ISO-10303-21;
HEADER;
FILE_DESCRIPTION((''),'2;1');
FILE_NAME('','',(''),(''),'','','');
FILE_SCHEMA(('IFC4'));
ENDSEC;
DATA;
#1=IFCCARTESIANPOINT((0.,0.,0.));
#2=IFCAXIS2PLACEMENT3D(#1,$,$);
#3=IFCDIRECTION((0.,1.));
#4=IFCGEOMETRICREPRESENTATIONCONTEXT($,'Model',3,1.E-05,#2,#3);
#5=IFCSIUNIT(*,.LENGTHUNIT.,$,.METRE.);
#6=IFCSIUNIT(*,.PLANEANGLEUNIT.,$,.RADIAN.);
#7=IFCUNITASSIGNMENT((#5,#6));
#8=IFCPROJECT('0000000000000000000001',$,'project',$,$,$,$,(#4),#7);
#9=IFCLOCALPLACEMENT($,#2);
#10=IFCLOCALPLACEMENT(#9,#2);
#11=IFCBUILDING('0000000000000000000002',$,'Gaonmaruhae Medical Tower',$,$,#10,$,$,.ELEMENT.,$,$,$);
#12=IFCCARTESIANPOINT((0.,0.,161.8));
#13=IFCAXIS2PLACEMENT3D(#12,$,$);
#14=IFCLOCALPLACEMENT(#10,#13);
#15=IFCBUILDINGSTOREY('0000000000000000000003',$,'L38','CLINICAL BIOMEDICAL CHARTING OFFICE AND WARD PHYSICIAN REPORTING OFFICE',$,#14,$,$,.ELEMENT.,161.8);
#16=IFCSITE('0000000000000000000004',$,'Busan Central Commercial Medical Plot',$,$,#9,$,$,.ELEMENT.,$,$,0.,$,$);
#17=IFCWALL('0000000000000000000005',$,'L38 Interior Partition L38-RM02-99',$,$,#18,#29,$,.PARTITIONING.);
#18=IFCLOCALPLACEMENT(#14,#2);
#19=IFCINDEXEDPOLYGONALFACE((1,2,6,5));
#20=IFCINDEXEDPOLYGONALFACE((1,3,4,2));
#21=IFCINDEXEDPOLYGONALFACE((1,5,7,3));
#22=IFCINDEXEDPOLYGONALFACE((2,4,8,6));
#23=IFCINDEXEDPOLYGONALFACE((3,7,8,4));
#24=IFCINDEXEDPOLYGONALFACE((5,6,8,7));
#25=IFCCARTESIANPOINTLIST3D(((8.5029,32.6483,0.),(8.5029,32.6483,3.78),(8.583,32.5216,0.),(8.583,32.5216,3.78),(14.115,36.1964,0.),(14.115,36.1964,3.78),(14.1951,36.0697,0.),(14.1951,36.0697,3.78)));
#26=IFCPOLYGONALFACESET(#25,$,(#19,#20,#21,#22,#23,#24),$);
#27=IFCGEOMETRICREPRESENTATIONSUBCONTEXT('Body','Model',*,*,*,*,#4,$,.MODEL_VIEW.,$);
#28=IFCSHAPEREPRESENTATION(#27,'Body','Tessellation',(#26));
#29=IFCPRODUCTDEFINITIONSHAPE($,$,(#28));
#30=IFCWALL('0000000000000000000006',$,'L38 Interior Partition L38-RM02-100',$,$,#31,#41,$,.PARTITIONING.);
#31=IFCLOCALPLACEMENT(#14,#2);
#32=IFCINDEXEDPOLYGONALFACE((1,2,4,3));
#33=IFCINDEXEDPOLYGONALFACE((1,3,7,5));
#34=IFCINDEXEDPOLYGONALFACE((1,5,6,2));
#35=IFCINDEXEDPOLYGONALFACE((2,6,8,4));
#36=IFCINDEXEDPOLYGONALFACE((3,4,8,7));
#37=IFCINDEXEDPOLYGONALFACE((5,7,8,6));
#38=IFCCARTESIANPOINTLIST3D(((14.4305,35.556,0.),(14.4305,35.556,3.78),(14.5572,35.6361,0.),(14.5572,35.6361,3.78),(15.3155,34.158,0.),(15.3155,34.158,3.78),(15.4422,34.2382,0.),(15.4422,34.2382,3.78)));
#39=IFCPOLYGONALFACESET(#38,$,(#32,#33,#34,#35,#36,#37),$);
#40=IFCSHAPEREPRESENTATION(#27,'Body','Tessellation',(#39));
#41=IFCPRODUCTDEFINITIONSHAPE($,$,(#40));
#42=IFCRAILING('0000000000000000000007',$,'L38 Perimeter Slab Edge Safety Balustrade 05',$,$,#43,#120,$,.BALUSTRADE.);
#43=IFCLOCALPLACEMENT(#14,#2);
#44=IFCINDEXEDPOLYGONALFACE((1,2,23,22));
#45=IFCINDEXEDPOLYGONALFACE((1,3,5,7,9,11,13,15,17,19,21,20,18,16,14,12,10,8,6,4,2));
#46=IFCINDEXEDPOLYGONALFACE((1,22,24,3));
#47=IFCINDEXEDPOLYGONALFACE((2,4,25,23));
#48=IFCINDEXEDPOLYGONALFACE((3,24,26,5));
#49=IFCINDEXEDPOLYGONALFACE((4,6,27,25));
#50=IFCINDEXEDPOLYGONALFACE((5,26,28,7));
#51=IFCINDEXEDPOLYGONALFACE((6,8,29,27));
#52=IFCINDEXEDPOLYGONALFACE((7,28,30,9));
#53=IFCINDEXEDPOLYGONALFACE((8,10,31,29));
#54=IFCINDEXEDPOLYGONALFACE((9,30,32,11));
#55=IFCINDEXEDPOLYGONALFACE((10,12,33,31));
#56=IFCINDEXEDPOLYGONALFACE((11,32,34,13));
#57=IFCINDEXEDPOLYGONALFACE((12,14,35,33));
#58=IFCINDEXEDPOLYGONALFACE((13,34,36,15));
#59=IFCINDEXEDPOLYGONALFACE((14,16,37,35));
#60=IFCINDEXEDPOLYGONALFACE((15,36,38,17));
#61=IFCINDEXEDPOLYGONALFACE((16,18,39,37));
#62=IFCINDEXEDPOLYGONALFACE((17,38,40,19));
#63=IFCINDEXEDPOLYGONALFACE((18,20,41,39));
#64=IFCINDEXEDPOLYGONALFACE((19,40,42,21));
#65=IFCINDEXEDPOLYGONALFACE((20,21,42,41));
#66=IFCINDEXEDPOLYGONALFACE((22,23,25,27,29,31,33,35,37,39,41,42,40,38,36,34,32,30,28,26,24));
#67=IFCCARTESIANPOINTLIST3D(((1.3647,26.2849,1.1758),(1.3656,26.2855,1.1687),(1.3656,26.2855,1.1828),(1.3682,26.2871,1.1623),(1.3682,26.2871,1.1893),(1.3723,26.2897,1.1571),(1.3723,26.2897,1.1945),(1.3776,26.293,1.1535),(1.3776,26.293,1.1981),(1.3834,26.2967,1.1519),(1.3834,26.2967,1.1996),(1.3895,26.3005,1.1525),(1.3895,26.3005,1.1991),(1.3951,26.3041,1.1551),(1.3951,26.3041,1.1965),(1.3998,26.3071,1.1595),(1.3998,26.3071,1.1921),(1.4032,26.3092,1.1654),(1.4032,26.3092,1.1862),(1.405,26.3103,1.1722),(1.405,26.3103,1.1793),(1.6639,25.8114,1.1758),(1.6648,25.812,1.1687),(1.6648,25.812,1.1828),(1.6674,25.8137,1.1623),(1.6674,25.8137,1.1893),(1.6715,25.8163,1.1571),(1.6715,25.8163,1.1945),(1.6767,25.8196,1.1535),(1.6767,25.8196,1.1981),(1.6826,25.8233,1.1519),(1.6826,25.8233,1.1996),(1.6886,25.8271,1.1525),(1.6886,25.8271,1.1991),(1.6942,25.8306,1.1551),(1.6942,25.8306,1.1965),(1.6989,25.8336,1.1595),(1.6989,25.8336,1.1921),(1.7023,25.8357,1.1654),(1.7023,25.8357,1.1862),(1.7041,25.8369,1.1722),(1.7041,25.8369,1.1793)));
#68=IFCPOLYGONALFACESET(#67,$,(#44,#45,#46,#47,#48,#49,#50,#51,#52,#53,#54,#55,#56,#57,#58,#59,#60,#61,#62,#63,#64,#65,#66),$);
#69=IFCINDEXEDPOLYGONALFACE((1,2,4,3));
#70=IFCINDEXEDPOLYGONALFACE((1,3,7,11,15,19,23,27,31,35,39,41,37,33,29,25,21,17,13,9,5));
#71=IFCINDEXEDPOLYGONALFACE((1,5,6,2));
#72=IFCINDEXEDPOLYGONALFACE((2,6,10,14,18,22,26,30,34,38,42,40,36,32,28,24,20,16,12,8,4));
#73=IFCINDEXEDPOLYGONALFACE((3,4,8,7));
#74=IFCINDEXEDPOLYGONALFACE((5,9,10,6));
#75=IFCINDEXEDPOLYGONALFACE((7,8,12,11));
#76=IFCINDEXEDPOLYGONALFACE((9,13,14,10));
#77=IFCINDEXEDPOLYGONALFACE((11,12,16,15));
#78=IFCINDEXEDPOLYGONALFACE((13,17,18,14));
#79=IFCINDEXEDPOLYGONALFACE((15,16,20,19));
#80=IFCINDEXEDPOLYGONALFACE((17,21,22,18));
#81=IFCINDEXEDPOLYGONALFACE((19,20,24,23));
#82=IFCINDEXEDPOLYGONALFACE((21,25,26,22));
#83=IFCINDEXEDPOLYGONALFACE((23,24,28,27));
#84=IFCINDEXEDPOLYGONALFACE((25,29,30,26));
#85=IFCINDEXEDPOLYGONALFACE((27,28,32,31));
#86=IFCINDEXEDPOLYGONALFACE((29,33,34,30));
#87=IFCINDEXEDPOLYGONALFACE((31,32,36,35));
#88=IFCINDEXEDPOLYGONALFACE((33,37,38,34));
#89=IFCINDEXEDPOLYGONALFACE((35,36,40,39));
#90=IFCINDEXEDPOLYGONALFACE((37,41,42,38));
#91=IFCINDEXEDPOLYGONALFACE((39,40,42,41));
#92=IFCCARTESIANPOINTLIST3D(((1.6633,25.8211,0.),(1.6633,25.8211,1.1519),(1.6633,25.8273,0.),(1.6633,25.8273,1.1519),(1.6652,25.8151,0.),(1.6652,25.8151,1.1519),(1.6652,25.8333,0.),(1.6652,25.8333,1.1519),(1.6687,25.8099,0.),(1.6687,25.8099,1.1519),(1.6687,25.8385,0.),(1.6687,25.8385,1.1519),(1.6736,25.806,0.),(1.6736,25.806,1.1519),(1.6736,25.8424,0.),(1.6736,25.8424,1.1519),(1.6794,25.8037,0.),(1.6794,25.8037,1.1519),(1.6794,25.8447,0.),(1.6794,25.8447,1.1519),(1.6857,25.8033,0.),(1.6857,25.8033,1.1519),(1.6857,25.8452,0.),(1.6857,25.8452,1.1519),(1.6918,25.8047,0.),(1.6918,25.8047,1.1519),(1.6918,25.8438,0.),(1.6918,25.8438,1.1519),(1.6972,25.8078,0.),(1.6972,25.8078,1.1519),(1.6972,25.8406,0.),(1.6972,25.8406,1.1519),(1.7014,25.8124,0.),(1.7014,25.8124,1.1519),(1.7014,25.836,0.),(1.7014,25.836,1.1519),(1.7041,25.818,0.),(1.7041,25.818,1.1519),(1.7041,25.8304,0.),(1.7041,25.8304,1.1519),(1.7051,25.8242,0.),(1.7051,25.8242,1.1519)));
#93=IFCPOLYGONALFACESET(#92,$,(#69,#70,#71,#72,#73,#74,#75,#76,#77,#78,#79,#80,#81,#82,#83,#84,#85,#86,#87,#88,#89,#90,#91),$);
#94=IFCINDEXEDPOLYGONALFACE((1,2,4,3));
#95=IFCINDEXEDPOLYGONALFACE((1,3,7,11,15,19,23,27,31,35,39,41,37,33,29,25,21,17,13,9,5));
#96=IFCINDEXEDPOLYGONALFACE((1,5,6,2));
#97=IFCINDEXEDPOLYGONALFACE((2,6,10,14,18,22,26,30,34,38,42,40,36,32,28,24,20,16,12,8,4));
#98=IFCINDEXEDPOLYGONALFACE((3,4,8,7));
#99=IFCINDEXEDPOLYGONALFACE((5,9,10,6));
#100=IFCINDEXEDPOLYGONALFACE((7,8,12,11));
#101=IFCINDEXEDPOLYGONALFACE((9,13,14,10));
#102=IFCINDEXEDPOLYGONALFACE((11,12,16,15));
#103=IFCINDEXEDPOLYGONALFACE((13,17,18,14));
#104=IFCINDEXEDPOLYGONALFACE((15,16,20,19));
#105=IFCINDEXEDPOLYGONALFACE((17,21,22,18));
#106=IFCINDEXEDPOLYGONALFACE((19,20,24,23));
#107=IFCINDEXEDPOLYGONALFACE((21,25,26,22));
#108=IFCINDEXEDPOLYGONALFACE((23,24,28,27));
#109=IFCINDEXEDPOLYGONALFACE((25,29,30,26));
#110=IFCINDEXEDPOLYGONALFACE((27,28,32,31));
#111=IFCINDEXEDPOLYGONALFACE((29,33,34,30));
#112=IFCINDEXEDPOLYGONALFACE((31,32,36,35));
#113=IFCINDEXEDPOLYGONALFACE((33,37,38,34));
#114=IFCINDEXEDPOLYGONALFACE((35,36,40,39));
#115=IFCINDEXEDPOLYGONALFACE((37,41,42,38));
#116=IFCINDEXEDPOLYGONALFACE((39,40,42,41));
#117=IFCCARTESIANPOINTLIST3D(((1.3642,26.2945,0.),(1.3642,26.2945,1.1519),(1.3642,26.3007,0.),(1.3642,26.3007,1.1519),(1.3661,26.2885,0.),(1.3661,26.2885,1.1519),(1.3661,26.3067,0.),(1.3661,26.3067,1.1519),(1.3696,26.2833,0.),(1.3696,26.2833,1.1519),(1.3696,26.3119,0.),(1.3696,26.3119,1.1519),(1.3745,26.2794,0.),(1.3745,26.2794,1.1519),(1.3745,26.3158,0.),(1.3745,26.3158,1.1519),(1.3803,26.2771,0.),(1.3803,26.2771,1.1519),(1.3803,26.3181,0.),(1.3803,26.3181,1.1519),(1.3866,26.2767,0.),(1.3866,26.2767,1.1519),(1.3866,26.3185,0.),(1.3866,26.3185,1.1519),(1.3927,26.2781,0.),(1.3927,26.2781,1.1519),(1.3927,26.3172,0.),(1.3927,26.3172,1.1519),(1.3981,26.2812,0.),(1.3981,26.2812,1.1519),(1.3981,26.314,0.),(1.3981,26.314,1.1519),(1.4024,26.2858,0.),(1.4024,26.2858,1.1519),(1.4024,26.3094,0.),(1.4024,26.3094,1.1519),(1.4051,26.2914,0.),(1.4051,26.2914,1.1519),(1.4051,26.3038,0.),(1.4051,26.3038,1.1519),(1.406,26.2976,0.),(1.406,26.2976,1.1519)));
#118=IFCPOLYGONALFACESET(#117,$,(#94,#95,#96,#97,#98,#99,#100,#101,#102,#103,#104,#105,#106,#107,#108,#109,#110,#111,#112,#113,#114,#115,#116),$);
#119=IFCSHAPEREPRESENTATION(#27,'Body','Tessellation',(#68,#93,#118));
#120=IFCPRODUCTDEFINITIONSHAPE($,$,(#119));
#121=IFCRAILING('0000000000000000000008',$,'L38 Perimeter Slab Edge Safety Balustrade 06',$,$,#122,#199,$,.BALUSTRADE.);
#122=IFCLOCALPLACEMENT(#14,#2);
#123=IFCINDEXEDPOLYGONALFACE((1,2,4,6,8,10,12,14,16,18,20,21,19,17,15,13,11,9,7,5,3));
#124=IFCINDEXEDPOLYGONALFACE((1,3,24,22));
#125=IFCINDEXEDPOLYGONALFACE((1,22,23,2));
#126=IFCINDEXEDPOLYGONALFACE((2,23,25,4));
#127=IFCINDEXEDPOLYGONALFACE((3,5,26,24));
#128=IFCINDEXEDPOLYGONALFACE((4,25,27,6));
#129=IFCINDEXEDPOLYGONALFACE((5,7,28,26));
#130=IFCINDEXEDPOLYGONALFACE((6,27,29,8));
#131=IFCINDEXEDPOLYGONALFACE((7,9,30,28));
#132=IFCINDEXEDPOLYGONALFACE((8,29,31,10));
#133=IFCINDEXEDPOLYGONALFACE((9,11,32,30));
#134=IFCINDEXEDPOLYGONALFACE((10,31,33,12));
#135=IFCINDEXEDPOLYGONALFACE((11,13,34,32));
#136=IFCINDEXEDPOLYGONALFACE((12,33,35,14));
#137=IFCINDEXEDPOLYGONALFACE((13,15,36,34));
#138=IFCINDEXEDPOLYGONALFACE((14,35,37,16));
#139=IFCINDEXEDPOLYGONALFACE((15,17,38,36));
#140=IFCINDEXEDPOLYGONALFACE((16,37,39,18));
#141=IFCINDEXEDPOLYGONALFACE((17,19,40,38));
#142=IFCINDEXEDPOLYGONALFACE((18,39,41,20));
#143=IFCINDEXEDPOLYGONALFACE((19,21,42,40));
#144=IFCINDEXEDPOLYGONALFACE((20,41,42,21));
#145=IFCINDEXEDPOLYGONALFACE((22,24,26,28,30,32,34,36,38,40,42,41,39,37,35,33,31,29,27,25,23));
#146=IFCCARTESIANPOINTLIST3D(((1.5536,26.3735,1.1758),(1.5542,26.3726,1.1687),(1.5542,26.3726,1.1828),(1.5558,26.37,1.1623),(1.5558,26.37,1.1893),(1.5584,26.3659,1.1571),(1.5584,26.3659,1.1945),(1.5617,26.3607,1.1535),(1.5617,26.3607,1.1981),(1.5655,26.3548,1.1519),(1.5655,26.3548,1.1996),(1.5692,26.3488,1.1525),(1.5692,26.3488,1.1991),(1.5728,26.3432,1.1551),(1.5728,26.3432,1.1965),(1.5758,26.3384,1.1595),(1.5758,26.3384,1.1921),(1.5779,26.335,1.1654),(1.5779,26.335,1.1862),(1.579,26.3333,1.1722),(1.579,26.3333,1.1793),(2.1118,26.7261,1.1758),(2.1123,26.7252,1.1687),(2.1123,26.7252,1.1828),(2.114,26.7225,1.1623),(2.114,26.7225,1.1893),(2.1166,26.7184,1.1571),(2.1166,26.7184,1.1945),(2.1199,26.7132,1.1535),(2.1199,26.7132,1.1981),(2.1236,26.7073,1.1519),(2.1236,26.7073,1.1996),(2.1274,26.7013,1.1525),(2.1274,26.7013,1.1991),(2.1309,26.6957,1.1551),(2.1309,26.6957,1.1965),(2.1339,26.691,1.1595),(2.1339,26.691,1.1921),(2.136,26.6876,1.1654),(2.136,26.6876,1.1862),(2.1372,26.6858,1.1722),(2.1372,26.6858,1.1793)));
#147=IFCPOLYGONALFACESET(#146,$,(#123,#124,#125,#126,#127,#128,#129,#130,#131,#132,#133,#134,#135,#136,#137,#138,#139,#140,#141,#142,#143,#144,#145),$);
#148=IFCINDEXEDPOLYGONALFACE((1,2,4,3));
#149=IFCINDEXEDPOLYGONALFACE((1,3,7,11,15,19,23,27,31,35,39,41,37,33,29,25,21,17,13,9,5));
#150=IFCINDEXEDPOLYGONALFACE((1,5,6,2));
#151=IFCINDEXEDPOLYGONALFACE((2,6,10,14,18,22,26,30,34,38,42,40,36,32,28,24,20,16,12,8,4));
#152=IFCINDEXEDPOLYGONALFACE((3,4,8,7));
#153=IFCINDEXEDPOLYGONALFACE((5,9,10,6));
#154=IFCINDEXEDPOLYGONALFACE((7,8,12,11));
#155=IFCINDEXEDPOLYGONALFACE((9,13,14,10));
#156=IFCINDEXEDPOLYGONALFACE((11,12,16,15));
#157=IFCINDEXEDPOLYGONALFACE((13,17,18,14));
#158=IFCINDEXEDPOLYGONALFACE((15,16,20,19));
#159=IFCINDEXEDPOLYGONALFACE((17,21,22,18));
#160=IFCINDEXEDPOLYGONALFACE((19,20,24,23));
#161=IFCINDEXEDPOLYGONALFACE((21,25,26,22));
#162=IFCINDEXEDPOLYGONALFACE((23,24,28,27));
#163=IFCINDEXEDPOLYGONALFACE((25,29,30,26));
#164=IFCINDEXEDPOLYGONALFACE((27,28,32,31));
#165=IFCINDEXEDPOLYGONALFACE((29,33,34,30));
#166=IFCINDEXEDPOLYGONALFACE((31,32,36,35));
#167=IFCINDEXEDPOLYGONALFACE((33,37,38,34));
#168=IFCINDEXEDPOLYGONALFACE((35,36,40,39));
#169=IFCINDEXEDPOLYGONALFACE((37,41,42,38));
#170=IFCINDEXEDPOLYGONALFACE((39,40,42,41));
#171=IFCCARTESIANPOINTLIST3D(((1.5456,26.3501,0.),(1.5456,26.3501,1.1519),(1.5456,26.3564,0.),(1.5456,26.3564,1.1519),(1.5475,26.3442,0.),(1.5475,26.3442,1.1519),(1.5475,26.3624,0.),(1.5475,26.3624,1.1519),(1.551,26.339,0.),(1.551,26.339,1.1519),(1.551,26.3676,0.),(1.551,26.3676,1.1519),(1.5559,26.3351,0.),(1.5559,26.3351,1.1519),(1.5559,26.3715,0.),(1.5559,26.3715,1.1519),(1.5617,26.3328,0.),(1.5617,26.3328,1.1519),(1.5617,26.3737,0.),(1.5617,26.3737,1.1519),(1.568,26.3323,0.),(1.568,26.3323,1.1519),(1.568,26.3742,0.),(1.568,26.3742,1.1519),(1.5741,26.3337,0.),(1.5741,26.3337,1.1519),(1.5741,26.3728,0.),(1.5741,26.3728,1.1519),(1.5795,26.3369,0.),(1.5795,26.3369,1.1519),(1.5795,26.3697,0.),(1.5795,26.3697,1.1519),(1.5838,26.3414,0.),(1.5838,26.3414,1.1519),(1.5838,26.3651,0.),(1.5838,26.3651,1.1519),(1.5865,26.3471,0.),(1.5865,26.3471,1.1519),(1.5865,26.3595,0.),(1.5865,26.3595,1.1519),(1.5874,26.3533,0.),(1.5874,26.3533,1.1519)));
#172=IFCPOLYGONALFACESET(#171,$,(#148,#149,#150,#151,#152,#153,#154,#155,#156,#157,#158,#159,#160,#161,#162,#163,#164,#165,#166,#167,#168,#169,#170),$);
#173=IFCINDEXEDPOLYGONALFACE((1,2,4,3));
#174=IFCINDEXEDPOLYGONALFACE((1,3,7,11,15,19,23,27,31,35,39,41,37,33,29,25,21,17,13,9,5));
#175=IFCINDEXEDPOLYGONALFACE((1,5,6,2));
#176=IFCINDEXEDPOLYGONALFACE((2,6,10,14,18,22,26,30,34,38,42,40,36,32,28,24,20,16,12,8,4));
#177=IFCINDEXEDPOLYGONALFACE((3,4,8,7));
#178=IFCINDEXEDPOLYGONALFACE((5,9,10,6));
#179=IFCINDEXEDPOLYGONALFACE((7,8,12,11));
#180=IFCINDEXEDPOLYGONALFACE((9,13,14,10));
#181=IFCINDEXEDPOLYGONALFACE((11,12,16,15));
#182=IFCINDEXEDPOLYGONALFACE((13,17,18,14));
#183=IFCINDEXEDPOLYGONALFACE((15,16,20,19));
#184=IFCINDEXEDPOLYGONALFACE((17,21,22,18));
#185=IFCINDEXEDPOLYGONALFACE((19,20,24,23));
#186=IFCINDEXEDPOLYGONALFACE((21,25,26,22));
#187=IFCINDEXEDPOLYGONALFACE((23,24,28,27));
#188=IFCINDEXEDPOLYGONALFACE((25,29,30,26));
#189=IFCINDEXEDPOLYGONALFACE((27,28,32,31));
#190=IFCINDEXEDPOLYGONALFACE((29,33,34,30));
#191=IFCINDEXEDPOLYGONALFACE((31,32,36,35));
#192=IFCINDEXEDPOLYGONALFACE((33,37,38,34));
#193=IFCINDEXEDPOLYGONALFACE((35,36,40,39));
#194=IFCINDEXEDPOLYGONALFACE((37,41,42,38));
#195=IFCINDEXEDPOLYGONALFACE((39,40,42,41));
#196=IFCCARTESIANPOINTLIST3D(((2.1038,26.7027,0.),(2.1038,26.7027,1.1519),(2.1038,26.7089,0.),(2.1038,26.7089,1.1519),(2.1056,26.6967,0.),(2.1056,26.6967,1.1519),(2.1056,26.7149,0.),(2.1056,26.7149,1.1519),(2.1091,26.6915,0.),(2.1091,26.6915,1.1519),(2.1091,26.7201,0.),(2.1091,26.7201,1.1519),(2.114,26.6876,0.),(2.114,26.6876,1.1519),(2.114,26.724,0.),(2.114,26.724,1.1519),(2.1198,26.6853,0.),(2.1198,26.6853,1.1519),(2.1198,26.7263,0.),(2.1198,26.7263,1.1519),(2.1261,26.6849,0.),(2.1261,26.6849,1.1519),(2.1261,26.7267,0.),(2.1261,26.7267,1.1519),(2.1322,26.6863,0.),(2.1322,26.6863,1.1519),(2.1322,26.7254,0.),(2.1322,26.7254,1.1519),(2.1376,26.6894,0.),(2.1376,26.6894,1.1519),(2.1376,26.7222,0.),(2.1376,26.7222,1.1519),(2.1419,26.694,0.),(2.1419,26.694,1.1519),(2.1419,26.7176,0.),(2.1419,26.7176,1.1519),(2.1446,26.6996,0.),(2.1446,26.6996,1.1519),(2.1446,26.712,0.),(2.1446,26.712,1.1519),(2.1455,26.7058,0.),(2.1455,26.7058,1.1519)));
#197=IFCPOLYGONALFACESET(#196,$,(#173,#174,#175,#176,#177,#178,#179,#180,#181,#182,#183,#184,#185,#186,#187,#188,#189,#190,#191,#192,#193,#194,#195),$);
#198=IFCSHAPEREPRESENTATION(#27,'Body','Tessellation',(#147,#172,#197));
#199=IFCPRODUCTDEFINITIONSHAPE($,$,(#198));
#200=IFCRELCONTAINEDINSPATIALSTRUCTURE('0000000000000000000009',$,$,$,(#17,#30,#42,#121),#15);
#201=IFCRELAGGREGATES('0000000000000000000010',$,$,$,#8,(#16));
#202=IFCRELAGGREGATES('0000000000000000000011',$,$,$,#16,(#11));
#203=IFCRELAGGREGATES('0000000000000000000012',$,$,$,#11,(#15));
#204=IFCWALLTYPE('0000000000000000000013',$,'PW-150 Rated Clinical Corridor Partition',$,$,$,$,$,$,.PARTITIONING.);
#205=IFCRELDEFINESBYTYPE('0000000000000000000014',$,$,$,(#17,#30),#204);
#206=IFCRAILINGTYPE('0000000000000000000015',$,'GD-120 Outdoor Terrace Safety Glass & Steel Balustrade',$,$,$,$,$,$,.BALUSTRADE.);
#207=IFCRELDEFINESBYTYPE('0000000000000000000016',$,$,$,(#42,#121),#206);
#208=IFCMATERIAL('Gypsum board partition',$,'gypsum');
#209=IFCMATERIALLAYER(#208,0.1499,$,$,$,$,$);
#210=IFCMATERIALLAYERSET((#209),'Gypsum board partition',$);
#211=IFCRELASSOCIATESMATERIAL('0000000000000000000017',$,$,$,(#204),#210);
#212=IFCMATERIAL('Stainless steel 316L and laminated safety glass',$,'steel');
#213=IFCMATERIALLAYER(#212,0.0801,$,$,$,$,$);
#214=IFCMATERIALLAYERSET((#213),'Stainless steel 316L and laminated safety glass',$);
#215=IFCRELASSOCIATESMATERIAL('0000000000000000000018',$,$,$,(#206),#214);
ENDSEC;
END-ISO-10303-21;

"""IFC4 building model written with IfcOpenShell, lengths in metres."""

from ifc_helpers import new_model, si_unit, direction, frame, frame_2d, origin, origin_2d, place, context, subcontext, project, spatial, rectangle, circle, extrude, material, layer, layer_set, type_object, element, save


model = new_model("IFC4")

# Units and contexts
model_context = context("Model", 3, precision=1e-05, world=origin(), true_north=direction((0.0, 1.0)))
body_context = subcontext(model_context, "Body", "Model", "MODEL_VIEW")
ifc_project = project(units=[si_unit("LENGTHUNIT", "METRE"), si_unit("PLANEANGLEUNIT", "RADIAN")], contexts=[model_context])

# Site, building, storey
site_placement = place(None, origin())
site = spatial("IfcSite", under=ifc_project, at=site_placement, Name="Busan Central Commercial Medical Plot", CompositionType="ELEMENT", RefElevation=0.0)
building_placement = place(site_placement, origin())
building = spatial("IfcBuilding", under=site, at=building_placement, Name="Gaonmaruhae Medical Tower", CompositionType="ELEMENT")
storey_placement = place(building_placement, frame((0.0, 0.0, 161.8)))
storey = spatial("IfcBuildingStorey", under=building, at=storey_placement, Name="L38", Description="CLINICAL BIOMEDICAL CHARTING OFFICE AND WARD PHYSICIAN REPORTING OFFICE", CompositionType="ELEMENT", Elevation=161.8)

# Shared definitions
ifc_material_1 = material(Name="Gypsum board partition", Category="gypsum")
ifc_layer_1 = layer(ifc_material_1, 0.1499)
ifc_layer_set_1 = layer_set([ifc_layer_1], Name="Gypsum board partition")
wall_type_1 = type_object("IfcWallType", Name="PW-150 Rated Clinical Corridor Partition", PredefinedType="PARTITIONING", material=ifc_layer_set_1)

# Walls
wall_1_placement = place(storey_placement, frame((8.543, 32.585, 0.0), z_axis=(0.0, 0.0, 1.0), x_axis=(0.845242, 0.534384, 0.0)))
element("IfcWall", 1, at=wall_1_placement, inside=storey, type_object=wall_type_1, Name="L38 Interior Partition L38-RM02-99", PredefinedType="PARTITIONING", context=body_context, shape_type="SweptSolid", body=[
    extrude(rectangle(XDim=6.6396, YDim=0.1499, at=frame_2d((3.3198, 0.0))), origin(), (0.0, 0.0, 1.0), 3.78),
])
wall_2_placement = place(storey_placement, frame((14.4939, 35.5959, 0.0), z_axis=(0.0, 0.0, 1.0), x_axis=(0.534898, -0.844917, 0.0)))
element("IfcWall", 2, at=wall_2_placement, inside=storey, type_object=wall_type_1, Name="L38 Interior Partition L38-RM02-100", PredefinedType="PARTITIONING", context=body_context, shape_type="SweptSolid", body=[
    extrude(rectangle(XDim=1.6545, YDim=0.1499, at=frame_2d((0.8271, 0.0))), origin(), (0.0, 0.0, 1.0), 3.78),
])

# Railings
ifc_material_2 = material(Name="Stainless steel 316L and laminated safety glass", Category="steel")
ifc_layer_2 = layer(ifc_material_2, 0.0801)
ifc_layer_set_2 = layer_set([ifc_layer_2], Name="Stainless steel 316L and laminated safety glass")
railing_type = type_object("IfcRailingType", Name="GD-120 Outdoor Terrace Safety Glass & Steel Balustrade", PredefinedType="BALUSTRADE", material=ifc_layer_set_2)
railing_1_placement = place(storey_placement, frame((1.6841, 25.8242, 0.0)))
element("IfcRailing", 3, at=railing_1_placement, inside=storey, type_object=railing_type, Name="L38 Perimeter Slab Edge Safety Balustrade 05", PredefinedType="BALUSTRADE", context=body_context, shape_type="SweptSolid", body=[
    extrude(circle(Radius=0.0239, at=origin_2d()), frame((0.0, 0.0, 1.1758), z_axis=(-0.534108, 0.845416, 0.0), x_axis=(-0.845416, -0.534108, 0.0)), (0.0, 0.0, 1.0), 0.5601),
    extrude(circle(Radius=0.021, at=origin_2d()), origin(), (0.0, 0.0, 1.0), 1.1519),
    extrude(circle(Radius=0.021, at=origin_2d()), frame((-0.2991, 0.4734, 0.0)), (0.0, 0.0, 1.0), 1.1519),
])
railing_2_placement = place(storey_placement, frame((1.5664, 26.3533, 0.0)))
element("IfcRailing", 4, at=railing_2_placement, inside=storey, type_object=railing_type, Name="L38 Perimeter Slab Edge Safety Balustrade 06", PredefinedType="BALUSTRADE", context=body_context, shape_type="SweptSolid", body=[
    extrude(circle(Radius=0.0239, at=origin_2d()), frame((0.0, 0.0, 1.1758), z_axis=(0.845454, 0.534049, 0.0), x_axis=(-0.534049, 0.845454, 0.0)), (0.0, 0.0, 1.0), 0.6602),
    extrude(circle(Radius=0.021, at=origin_2d()), origin(), (0.0, 0.0, 1.0), 1.1519),
    extrude(circle(Radius=0.021, at=origin_2d()), frame((0.5581, 0.3525, 0.0)), (0.0, 0.0, 1.0), 1.1519),
])

save(model, "model.ifc")
